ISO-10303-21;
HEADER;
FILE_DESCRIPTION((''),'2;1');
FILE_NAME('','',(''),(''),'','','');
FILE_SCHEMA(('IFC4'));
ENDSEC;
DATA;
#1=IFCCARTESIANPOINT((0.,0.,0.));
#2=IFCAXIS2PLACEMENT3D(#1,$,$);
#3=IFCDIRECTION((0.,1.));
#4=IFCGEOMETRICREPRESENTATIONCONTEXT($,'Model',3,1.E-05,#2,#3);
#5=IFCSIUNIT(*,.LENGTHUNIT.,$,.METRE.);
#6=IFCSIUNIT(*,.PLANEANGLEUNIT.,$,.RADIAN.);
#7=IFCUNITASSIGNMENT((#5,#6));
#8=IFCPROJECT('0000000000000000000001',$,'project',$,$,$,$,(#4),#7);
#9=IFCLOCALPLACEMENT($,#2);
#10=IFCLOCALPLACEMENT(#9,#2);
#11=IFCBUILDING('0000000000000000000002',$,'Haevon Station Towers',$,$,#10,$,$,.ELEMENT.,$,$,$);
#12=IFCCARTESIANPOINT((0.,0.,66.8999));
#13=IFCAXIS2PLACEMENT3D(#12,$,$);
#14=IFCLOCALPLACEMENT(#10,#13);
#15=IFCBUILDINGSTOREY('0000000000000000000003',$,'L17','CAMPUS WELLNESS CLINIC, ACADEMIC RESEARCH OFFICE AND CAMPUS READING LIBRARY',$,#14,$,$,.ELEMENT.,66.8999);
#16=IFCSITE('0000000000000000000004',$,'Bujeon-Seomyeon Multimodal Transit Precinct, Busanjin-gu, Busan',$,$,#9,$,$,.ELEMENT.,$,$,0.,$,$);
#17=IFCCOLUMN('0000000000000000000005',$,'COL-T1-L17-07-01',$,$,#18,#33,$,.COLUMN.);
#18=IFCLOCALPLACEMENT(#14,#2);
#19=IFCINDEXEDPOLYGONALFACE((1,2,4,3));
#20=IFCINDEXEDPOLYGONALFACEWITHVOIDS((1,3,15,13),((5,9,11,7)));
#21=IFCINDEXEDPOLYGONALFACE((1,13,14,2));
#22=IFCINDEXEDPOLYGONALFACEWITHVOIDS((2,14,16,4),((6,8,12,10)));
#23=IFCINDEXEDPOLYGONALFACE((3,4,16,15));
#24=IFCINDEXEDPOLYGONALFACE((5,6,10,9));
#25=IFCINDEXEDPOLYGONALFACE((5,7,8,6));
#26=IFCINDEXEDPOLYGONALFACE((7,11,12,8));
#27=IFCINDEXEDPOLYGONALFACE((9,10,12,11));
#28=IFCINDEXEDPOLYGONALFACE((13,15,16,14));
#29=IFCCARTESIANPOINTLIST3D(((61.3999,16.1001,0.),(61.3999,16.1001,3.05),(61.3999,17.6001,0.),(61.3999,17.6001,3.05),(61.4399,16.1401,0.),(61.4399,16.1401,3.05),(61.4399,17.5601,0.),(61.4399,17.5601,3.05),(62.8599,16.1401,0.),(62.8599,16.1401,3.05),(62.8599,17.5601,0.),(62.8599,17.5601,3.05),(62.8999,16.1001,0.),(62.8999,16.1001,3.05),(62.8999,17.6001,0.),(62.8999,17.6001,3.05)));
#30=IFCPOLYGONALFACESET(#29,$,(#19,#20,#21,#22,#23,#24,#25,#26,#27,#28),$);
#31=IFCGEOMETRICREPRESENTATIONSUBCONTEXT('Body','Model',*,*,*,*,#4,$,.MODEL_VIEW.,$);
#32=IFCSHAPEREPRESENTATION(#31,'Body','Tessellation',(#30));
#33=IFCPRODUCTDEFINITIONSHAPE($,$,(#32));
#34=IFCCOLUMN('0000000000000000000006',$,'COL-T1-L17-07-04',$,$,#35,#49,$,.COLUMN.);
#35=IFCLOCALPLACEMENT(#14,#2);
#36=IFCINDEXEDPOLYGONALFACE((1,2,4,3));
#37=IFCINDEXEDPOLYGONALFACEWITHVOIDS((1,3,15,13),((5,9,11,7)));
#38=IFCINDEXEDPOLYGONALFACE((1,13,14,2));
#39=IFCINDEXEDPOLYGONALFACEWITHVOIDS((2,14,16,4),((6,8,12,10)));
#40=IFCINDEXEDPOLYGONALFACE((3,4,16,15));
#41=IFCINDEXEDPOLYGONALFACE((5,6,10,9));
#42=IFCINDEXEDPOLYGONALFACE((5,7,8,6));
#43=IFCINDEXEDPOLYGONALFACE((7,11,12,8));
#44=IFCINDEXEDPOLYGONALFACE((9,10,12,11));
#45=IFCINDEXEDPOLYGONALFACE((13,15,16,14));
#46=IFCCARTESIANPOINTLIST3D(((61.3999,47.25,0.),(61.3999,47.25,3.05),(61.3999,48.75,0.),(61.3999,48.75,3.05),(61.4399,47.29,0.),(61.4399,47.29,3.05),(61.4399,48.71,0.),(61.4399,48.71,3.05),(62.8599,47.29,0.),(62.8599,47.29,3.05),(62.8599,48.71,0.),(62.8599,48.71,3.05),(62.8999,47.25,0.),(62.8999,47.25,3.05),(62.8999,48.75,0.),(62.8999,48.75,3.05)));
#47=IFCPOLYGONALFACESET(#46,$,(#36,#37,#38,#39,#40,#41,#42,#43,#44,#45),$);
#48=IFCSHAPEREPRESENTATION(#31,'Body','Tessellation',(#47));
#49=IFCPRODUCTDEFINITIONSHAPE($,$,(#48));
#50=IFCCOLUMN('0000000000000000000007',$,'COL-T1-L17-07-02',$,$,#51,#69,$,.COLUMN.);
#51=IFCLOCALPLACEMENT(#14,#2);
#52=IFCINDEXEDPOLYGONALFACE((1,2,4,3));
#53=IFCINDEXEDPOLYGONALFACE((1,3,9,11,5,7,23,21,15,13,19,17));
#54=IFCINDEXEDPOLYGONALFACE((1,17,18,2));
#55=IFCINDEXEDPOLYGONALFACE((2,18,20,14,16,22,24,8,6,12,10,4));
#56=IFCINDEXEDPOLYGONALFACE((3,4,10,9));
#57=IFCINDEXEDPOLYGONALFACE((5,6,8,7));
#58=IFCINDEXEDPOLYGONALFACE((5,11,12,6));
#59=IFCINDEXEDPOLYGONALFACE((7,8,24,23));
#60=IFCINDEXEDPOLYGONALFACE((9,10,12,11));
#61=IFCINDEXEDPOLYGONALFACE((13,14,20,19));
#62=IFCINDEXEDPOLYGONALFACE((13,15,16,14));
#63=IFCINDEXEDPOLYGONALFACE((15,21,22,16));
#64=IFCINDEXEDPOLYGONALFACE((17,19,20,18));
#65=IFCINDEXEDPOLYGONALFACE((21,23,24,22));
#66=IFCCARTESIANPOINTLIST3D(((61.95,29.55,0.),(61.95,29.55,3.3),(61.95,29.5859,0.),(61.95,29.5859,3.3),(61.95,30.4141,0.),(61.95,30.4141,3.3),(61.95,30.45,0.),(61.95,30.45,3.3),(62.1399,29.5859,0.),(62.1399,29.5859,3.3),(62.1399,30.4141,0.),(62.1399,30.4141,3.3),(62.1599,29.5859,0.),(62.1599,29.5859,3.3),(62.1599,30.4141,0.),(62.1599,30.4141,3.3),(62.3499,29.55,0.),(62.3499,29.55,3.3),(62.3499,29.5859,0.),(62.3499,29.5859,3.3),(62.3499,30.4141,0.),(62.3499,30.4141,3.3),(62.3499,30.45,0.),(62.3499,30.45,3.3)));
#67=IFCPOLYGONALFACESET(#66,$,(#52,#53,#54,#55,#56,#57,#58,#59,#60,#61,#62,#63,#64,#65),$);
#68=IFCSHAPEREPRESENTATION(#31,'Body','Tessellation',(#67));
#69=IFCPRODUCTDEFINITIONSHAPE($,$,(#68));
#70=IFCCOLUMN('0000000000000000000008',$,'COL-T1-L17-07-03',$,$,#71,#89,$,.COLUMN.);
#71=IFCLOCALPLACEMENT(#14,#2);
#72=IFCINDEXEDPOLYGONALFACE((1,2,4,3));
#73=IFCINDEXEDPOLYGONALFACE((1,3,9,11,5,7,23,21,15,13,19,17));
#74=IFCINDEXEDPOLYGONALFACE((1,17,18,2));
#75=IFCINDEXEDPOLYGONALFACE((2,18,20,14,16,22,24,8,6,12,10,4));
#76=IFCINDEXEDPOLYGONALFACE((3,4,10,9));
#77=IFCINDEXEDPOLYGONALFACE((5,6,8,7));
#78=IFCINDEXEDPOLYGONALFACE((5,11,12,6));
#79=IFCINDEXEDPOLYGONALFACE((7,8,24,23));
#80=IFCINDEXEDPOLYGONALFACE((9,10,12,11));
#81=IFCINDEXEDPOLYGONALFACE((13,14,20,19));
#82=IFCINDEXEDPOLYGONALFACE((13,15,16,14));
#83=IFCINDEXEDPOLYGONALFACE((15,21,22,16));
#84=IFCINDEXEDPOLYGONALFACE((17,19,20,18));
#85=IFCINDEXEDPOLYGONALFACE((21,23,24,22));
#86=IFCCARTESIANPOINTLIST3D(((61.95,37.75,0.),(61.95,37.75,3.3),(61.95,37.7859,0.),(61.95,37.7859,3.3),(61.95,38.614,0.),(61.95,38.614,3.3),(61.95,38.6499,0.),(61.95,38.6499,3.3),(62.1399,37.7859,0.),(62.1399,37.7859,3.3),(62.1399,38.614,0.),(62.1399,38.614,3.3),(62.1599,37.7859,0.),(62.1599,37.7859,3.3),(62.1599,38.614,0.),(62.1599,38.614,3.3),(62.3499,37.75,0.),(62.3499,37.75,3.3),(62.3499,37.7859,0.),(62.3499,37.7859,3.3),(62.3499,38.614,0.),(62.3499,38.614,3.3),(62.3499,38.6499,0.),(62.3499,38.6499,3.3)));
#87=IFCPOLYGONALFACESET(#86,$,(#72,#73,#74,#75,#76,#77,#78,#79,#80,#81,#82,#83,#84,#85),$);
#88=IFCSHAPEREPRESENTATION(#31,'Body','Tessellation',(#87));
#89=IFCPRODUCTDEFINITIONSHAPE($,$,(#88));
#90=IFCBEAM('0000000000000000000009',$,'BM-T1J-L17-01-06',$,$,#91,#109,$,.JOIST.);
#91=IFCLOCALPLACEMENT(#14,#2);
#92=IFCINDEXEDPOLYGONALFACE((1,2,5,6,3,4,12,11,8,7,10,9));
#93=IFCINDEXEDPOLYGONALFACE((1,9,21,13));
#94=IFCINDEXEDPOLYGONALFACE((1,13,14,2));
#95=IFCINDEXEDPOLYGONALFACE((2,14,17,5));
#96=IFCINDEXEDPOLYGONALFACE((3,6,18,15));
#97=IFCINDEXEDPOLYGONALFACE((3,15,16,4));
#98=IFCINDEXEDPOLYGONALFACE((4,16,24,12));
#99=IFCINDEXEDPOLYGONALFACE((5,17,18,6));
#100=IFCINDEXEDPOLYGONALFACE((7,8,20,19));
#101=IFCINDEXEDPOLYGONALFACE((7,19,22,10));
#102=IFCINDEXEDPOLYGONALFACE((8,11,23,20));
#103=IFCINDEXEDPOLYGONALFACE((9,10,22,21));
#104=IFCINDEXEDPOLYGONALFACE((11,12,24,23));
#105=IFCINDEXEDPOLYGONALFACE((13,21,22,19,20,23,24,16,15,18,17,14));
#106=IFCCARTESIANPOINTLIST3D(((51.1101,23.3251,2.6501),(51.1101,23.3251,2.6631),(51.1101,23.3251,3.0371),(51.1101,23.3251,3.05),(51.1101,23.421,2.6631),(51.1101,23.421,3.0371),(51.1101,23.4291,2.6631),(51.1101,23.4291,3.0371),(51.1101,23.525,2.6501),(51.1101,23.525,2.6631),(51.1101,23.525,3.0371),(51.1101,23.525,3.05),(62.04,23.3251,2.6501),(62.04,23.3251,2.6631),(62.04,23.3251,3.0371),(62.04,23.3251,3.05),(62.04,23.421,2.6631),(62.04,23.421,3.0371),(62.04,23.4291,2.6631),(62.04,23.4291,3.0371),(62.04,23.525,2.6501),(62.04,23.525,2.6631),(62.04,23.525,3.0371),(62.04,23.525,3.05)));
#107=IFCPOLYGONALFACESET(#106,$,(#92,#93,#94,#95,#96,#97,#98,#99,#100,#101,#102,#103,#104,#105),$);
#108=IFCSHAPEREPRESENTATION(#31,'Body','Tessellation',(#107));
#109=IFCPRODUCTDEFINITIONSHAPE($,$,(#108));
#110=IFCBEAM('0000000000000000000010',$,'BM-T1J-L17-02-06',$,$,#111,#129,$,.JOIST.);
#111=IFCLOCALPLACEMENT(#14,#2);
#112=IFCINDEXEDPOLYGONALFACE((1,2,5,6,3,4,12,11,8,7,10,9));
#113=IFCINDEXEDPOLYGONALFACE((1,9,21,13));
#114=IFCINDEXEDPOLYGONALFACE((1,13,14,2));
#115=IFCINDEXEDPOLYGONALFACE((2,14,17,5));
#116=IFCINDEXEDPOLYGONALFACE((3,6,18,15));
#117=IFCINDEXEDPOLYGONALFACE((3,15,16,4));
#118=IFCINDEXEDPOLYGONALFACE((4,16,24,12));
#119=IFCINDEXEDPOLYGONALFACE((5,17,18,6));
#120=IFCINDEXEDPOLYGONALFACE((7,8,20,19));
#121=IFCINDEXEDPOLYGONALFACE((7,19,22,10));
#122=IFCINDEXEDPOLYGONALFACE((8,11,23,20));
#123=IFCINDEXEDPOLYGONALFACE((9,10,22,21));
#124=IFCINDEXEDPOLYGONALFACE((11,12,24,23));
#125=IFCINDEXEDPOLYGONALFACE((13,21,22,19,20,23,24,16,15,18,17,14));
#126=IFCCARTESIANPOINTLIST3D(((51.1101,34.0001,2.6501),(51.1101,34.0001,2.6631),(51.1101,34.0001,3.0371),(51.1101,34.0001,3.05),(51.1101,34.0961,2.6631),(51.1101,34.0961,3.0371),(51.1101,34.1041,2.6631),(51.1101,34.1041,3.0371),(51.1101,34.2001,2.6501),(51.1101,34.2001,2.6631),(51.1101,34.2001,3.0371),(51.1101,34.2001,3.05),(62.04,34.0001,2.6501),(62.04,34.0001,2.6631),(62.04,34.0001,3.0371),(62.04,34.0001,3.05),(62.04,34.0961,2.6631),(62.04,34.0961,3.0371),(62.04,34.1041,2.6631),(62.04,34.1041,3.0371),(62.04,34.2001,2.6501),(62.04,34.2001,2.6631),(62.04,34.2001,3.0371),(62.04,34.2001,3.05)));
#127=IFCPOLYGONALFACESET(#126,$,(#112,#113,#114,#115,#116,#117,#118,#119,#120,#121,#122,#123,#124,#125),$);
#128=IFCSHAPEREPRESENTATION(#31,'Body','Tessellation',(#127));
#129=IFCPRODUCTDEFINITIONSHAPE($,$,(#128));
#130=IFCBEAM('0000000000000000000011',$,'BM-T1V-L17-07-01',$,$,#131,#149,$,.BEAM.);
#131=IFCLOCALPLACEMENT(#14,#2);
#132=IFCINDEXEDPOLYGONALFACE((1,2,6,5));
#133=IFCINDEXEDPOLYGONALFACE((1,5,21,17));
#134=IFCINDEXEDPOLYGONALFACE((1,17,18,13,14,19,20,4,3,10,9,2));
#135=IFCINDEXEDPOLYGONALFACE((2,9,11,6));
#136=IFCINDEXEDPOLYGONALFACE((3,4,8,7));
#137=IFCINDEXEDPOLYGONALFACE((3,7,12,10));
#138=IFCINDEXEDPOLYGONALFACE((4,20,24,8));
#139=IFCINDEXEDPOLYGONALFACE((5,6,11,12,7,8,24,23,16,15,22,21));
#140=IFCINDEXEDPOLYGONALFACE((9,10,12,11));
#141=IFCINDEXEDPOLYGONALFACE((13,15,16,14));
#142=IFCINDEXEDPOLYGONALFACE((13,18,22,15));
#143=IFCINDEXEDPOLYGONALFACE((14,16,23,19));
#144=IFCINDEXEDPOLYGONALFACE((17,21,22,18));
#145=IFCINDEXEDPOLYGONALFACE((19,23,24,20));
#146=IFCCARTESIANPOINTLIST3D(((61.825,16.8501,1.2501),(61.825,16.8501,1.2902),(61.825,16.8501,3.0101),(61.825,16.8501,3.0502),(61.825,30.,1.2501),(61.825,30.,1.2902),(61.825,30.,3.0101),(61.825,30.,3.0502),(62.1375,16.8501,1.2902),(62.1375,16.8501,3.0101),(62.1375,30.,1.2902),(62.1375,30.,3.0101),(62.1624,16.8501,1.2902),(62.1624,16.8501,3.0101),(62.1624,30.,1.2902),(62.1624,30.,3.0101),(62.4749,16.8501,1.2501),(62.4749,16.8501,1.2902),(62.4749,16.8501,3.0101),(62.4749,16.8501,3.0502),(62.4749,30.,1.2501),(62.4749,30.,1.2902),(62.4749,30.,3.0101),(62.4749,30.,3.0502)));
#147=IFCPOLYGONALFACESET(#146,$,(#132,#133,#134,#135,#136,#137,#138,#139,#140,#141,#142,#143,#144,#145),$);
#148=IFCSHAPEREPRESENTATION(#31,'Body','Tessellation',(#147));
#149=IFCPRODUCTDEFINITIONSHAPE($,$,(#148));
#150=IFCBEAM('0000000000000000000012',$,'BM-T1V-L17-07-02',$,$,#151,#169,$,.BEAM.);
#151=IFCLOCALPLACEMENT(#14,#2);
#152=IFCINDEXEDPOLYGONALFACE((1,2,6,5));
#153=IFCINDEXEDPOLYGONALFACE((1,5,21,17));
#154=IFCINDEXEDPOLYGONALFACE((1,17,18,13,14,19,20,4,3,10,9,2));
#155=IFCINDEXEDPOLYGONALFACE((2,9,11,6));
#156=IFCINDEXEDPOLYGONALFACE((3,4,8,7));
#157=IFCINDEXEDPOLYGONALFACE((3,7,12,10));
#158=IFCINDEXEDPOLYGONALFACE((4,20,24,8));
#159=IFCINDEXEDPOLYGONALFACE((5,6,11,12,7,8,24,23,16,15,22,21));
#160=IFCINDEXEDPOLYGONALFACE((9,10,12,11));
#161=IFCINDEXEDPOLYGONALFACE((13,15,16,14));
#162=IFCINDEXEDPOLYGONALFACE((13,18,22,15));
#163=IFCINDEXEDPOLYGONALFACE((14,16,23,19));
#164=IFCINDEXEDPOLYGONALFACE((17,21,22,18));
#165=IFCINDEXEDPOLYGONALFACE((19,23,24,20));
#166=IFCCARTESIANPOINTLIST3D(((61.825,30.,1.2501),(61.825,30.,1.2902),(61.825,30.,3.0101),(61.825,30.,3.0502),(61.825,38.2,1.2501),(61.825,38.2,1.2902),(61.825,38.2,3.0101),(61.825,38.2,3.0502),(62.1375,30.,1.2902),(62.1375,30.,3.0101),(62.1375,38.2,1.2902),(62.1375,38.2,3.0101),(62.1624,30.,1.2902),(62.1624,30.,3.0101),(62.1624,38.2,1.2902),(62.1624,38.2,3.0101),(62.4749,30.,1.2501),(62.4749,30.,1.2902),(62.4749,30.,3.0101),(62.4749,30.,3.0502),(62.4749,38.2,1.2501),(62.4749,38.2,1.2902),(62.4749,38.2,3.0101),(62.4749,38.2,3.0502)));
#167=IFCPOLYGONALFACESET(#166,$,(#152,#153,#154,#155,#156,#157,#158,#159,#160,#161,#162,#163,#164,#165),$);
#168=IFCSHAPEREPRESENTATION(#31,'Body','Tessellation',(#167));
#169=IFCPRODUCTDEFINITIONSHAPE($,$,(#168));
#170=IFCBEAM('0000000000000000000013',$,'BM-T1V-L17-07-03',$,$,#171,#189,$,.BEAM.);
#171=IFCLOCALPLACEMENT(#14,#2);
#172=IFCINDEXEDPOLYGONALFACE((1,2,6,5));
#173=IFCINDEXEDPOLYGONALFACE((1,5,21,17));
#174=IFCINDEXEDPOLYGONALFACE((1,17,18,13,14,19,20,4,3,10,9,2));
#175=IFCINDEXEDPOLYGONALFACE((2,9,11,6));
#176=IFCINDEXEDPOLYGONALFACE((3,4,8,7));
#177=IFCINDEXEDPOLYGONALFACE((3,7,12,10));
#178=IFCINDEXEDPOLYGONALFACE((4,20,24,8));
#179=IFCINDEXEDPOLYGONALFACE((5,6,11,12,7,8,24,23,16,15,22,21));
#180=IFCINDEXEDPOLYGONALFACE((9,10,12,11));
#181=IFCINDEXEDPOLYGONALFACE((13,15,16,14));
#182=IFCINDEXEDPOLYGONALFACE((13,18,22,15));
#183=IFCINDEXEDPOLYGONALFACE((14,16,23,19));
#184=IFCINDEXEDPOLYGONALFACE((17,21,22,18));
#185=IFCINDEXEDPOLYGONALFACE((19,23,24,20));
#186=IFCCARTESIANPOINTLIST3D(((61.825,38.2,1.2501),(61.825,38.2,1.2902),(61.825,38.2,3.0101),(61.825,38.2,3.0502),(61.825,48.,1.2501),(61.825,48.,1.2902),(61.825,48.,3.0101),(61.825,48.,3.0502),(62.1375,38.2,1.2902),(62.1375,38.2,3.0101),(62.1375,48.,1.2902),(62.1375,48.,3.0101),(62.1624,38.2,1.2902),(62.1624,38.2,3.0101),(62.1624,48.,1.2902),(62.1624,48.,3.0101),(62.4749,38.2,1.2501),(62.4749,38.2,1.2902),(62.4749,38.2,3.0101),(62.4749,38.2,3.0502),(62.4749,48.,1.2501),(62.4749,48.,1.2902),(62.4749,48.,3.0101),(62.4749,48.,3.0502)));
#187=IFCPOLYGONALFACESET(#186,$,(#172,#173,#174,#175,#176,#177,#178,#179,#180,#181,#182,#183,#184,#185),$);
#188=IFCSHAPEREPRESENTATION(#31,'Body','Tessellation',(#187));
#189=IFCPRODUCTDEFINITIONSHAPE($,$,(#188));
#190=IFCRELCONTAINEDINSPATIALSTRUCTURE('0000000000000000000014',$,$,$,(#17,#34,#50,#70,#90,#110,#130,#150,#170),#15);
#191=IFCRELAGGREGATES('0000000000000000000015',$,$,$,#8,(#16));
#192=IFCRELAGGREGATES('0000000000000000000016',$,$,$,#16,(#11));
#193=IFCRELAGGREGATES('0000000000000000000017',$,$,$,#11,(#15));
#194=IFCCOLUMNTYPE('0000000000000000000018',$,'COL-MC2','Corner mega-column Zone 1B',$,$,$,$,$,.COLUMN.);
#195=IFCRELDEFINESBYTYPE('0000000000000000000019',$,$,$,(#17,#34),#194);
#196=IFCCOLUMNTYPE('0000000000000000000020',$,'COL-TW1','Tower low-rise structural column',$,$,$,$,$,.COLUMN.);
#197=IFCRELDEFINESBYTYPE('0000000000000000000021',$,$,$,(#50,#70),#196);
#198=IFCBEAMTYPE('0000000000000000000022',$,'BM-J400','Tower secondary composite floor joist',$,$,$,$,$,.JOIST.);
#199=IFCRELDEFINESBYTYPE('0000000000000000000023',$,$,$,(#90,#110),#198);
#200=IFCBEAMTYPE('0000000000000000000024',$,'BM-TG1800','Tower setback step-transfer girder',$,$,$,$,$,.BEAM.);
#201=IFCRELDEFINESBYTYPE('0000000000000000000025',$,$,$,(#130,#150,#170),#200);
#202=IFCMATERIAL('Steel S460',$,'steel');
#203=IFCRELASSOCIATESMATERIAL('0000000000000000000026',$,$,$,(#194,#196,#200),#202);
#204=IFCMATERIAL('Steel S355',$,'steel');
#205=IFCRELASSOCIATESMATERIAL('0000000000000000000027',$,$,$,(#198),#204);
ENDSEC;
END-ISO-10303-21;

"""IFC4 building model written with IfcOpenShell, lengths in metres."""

from ifc_helpers import new_model, si_unit, direction, frame, origin, origin_2d, place, context, subcontext, project, spatial, hollow_rectangle, i_section, extrude, material, material_profile, profile_set, type_object, element, save


model = new_model("IFC4")

# Units and contexts
model_context = context("Model", 3, precision=1e-05, world=origin(), true_north=direction((0.0, 1.0)))
body_context = subcontext(model_context, "Body", "Model", "MODEL_VIEW")
ifc_project = project(units=[si_unit("LENGTHUNIT", "METRE"), si_unit("PLANEANGLEUNIT", "RADIAN")], contexts=[model_context])

# Site, building, storey
site_placement = place(None, origin())
site = spatial("IfcSite", under=ifc_project, at=site_placement, Name="Bujeon-Seomyeon Multimodal Transit Precinct, Busanjin-gu, Busan", CompositionType="ELEMENT", RefElevation=0.0)
building_placement = place(site_placement, origin())
building = spatial("IfcBuilding", under=site, at=building_placement, Name="Haevon Station Towers", CompositionType="ELEMENT")
storey_placement = place(building_placement, frame((0.0, 0.0, 66.8999)))
storey = spatial("IfcBuildingStorey", under=building, at=storey_placement, Name="L17", Description="CAMPUS WELLNESS CLINIC, ACADEMIC RESEARCH OFFICE AND CAMPUS READING LIBRARY", CompositionType="ELEMENT", Elevation=66.8999)

# Columns
ifc_material_1 = material(Name="Steel S460", Category="steel")
ifc_material_profile_1 = material_profile(ifc_material_1, hollow_rectangle(XDim=1.5, YDim=1.5, WallThickness=0.04, at=origin_2d()), Name="BOX-1500x1500x40")
ifc_profile_set_1 = profile_set([ifc_material_profile_1], Name="Steel S460")
column_type_1 = type_object("IfcColumnType", Name="COL-MC2", Description="Corner mega-column Zone 1B", PredefinedType="COLUMN", material=ifc_profile_set_1)
for number, where, z_axis, x_axis, name in (
    (1, (62.1499, 16.8501, 0.0), (0.0, 0.0, 1.0), (1.0, 0.0, 0.0), "COL-T1-L17-07-01"),
    (2, (62.1499, 48.0, 0.0), (0.0, 0.0, 1.0), (1.0, 0.0, 0.0), "COL-T1-L17-07-04"),
):
    element("IfcColumn", number, at=place(storey_placement, frame(where, z_axis=z_axis, x_axis=x_axis)), inside=storey, type_object=column_type_1, Name=name, PredefinedType="COLUMN", context=body_context, shape_type="SweptSolid", body=[
        extrude(hollow_rectangle(XDim=1.5, YDim=1.5, WallThickness=0.04, at=origin_2d()), origin(), (0.0, 0.0, 1.0), 3.05),
    ])
ifc_material_profile_2 = material_profile(ifc_material_1, i_section(OverallWidth=0.3999, OverallDepth=0.8999, WebThickness=0.02, FlangeThickness=0.0359, at=origin_2d()), Name="H-900x400x20x36")
ifc_profile_set_2 = profile_set([ifc_material_profile_2], Name="Steel S460")
column_type_2 = type_object("IfcColumnType", Name="COL-TW1", Description="Tower low-rise structural column", PredefinedType="COLUMN", material=ifc_profile_set_2)
for number, where, z_axis, x_axis, name in (
    (3, (62.1499, 30.0, 0.0), (0.0, 0.0, 1.0), (1.0, 0.0, 0.0), "COL-T1-L17-07-02"),
    (4, (62.1499, 38.2, 0.0), (0.0, 0.0, 1.0), (1.0, 0.0, 0.0), "COL-T1-L17-07-03"),
):
    element("IfcColumn", number, at=place(storey_placement, frame(where, z_axis=z_axis, x_axis=x_axis)), inside=storey, type_object=column_type_2, Name=name, PredefinedType="COLUMN", context=body_context, shape_type="SweptSolid", body=[
        extrude(i_section(OverallWidth=0.3999, OverallDepth=0.8999, WebThickness=0.02, FlangeThickness=0.0359, at=origin_2d()), origin(), (0.0, 0.0, 1.0), 3.3),
    ])

# Beams
ifc_material_2 = material(Name="Steel S355", Category="steel")
ifc_material_profile_3 = material_profile(ifc_material_2, i_section(OverallWidth=0.2, OverallDepth=0.3999, WebThickness=0.0081, FlangeThickness=0.0129, at=origin_2d()), Name="H-400x200x8x13")
ifc_profile_set_3 = profile_set([ifc_material_profile_3], Name="Steel S355")
beam_type_1 = type_object("IfcBeamType", Name="BM-J400", Description="Tower secondary composite floor joist", PredefinedType="JOIST", material=ifc_profile_set_3)
for number, where, z_axis, x_axis, name in (
    (5, (51.1101, 23.425, 2.8501), (1.0, 0.0, 0.0), (0.0, 1.0, 0.0), "BM-T1J-L17-01-06"),
    (6, (51.1101, 34.1001, 2.8501), (1.0, 0.0, 0.0), (0.0, 1.0, 0.0), "BM-T1J-L17-02-06"),
):
    element("IfcBeam", number, at=place(storey_placement, frame(where, z_axis=z_axis, x_axis=x_axis)), inside=storey, type_object=beam_type_1, Name=name, PredefinedType="JOIST", context=body_context, shape_type="SweptSolid", body=[
        extrude(i_section(OverallWidth=0.2, OverallDepth=0.3999, WebThickness=0.0081, FlangeThickness=0.0129, at=origin_2d()), origin(), (0.0, 0.0, 1.0), 10.9299),
    ])
ifc_material_profile_4 = material_profile(ifc_material_1, i_section(OverallWidth=0.6499, OverallDepth=1.8, WebThickness=0.0249, FlangeThickness=0.04, at=origin_2d()), Name="H-1800x650x25x40")
ifc_profile_set_4 = profile_set([ifc_material_profile_4], Name="Steel S460")
beam_type_2 = type_object("IfcBeamType", Name="BM-TG1800", Description="Tower setback step-transfer girder", PredefinedType="BEAM", material=ifc_profile_set_4)
beam_1_placement = place(storey_placement, frame((62.1499, 16.8501, 2.1501), z_axis=(0.0, 1.0, 0.0), x_axis=(-1.0, 0.0, 0.0)))
element("IfcBeam", 7, at=beam_1_placement, inside=storey, type_object=beam_type_2, Name="BM-T1V-L17-07-01", PredefinedType="BEAM", context=body_context, shape_type="SweptSolid", body=[
    extrude(i_section(OverallWidth=0.6499, OverallDepth=1.8, WebThickness=0.0249, FlangeThickness=0.04, at=origin_2d()), origin(), (0.0, 0.0, 1.0), 13.1499),
])
beam_2_placement = place(storey_placement, frame((62.1499, 30.0, 2.1501), z_axis=(0.0, 1.0, 0.0), x_axis=(-1.0, 0.0, 0.0)))
element("IfcBeam", 8, at=beam_2_placement, inside=storey, type_object=beam_type_2, Name="BM-T1V-L17-07-02", PredefinedType="BEAM", context=body_context, shape_type="SweptSolid", body=[
    extrude(i_section(OverallWidth=0.6499, OverallDepth=1.8, WebThickness=0.0249, FlangeThickness=0.04, at=origin_2d()), origin(), (0.0, 0.0, 1.0), 8.2),
])
beam_3_placement = place(storey_placement, frame((62.1499, 38.2, 2.1501), z_axis=(0.0, 1.0, 0.0), x_axis=(-1.0, 0.0, 0.0)))
element("IfcBeam", 9, at=beam_3_placement, inside=storey, type_object=beam_type_2, Name="BM-T1V-L17-07-03", PredefinedType="BEAM", context=body_context, shape_type="SweptSolid", body=[
    extrude(i_section(OverallWidth=0.6499, OverallDepth=1.8, WebThickness=0.0249, FlangeThickness=0.04, at=origin_2d()), origin(), (0.0, 0.0, 1.0), 9.8),
])

save(model, "model.ifc")
